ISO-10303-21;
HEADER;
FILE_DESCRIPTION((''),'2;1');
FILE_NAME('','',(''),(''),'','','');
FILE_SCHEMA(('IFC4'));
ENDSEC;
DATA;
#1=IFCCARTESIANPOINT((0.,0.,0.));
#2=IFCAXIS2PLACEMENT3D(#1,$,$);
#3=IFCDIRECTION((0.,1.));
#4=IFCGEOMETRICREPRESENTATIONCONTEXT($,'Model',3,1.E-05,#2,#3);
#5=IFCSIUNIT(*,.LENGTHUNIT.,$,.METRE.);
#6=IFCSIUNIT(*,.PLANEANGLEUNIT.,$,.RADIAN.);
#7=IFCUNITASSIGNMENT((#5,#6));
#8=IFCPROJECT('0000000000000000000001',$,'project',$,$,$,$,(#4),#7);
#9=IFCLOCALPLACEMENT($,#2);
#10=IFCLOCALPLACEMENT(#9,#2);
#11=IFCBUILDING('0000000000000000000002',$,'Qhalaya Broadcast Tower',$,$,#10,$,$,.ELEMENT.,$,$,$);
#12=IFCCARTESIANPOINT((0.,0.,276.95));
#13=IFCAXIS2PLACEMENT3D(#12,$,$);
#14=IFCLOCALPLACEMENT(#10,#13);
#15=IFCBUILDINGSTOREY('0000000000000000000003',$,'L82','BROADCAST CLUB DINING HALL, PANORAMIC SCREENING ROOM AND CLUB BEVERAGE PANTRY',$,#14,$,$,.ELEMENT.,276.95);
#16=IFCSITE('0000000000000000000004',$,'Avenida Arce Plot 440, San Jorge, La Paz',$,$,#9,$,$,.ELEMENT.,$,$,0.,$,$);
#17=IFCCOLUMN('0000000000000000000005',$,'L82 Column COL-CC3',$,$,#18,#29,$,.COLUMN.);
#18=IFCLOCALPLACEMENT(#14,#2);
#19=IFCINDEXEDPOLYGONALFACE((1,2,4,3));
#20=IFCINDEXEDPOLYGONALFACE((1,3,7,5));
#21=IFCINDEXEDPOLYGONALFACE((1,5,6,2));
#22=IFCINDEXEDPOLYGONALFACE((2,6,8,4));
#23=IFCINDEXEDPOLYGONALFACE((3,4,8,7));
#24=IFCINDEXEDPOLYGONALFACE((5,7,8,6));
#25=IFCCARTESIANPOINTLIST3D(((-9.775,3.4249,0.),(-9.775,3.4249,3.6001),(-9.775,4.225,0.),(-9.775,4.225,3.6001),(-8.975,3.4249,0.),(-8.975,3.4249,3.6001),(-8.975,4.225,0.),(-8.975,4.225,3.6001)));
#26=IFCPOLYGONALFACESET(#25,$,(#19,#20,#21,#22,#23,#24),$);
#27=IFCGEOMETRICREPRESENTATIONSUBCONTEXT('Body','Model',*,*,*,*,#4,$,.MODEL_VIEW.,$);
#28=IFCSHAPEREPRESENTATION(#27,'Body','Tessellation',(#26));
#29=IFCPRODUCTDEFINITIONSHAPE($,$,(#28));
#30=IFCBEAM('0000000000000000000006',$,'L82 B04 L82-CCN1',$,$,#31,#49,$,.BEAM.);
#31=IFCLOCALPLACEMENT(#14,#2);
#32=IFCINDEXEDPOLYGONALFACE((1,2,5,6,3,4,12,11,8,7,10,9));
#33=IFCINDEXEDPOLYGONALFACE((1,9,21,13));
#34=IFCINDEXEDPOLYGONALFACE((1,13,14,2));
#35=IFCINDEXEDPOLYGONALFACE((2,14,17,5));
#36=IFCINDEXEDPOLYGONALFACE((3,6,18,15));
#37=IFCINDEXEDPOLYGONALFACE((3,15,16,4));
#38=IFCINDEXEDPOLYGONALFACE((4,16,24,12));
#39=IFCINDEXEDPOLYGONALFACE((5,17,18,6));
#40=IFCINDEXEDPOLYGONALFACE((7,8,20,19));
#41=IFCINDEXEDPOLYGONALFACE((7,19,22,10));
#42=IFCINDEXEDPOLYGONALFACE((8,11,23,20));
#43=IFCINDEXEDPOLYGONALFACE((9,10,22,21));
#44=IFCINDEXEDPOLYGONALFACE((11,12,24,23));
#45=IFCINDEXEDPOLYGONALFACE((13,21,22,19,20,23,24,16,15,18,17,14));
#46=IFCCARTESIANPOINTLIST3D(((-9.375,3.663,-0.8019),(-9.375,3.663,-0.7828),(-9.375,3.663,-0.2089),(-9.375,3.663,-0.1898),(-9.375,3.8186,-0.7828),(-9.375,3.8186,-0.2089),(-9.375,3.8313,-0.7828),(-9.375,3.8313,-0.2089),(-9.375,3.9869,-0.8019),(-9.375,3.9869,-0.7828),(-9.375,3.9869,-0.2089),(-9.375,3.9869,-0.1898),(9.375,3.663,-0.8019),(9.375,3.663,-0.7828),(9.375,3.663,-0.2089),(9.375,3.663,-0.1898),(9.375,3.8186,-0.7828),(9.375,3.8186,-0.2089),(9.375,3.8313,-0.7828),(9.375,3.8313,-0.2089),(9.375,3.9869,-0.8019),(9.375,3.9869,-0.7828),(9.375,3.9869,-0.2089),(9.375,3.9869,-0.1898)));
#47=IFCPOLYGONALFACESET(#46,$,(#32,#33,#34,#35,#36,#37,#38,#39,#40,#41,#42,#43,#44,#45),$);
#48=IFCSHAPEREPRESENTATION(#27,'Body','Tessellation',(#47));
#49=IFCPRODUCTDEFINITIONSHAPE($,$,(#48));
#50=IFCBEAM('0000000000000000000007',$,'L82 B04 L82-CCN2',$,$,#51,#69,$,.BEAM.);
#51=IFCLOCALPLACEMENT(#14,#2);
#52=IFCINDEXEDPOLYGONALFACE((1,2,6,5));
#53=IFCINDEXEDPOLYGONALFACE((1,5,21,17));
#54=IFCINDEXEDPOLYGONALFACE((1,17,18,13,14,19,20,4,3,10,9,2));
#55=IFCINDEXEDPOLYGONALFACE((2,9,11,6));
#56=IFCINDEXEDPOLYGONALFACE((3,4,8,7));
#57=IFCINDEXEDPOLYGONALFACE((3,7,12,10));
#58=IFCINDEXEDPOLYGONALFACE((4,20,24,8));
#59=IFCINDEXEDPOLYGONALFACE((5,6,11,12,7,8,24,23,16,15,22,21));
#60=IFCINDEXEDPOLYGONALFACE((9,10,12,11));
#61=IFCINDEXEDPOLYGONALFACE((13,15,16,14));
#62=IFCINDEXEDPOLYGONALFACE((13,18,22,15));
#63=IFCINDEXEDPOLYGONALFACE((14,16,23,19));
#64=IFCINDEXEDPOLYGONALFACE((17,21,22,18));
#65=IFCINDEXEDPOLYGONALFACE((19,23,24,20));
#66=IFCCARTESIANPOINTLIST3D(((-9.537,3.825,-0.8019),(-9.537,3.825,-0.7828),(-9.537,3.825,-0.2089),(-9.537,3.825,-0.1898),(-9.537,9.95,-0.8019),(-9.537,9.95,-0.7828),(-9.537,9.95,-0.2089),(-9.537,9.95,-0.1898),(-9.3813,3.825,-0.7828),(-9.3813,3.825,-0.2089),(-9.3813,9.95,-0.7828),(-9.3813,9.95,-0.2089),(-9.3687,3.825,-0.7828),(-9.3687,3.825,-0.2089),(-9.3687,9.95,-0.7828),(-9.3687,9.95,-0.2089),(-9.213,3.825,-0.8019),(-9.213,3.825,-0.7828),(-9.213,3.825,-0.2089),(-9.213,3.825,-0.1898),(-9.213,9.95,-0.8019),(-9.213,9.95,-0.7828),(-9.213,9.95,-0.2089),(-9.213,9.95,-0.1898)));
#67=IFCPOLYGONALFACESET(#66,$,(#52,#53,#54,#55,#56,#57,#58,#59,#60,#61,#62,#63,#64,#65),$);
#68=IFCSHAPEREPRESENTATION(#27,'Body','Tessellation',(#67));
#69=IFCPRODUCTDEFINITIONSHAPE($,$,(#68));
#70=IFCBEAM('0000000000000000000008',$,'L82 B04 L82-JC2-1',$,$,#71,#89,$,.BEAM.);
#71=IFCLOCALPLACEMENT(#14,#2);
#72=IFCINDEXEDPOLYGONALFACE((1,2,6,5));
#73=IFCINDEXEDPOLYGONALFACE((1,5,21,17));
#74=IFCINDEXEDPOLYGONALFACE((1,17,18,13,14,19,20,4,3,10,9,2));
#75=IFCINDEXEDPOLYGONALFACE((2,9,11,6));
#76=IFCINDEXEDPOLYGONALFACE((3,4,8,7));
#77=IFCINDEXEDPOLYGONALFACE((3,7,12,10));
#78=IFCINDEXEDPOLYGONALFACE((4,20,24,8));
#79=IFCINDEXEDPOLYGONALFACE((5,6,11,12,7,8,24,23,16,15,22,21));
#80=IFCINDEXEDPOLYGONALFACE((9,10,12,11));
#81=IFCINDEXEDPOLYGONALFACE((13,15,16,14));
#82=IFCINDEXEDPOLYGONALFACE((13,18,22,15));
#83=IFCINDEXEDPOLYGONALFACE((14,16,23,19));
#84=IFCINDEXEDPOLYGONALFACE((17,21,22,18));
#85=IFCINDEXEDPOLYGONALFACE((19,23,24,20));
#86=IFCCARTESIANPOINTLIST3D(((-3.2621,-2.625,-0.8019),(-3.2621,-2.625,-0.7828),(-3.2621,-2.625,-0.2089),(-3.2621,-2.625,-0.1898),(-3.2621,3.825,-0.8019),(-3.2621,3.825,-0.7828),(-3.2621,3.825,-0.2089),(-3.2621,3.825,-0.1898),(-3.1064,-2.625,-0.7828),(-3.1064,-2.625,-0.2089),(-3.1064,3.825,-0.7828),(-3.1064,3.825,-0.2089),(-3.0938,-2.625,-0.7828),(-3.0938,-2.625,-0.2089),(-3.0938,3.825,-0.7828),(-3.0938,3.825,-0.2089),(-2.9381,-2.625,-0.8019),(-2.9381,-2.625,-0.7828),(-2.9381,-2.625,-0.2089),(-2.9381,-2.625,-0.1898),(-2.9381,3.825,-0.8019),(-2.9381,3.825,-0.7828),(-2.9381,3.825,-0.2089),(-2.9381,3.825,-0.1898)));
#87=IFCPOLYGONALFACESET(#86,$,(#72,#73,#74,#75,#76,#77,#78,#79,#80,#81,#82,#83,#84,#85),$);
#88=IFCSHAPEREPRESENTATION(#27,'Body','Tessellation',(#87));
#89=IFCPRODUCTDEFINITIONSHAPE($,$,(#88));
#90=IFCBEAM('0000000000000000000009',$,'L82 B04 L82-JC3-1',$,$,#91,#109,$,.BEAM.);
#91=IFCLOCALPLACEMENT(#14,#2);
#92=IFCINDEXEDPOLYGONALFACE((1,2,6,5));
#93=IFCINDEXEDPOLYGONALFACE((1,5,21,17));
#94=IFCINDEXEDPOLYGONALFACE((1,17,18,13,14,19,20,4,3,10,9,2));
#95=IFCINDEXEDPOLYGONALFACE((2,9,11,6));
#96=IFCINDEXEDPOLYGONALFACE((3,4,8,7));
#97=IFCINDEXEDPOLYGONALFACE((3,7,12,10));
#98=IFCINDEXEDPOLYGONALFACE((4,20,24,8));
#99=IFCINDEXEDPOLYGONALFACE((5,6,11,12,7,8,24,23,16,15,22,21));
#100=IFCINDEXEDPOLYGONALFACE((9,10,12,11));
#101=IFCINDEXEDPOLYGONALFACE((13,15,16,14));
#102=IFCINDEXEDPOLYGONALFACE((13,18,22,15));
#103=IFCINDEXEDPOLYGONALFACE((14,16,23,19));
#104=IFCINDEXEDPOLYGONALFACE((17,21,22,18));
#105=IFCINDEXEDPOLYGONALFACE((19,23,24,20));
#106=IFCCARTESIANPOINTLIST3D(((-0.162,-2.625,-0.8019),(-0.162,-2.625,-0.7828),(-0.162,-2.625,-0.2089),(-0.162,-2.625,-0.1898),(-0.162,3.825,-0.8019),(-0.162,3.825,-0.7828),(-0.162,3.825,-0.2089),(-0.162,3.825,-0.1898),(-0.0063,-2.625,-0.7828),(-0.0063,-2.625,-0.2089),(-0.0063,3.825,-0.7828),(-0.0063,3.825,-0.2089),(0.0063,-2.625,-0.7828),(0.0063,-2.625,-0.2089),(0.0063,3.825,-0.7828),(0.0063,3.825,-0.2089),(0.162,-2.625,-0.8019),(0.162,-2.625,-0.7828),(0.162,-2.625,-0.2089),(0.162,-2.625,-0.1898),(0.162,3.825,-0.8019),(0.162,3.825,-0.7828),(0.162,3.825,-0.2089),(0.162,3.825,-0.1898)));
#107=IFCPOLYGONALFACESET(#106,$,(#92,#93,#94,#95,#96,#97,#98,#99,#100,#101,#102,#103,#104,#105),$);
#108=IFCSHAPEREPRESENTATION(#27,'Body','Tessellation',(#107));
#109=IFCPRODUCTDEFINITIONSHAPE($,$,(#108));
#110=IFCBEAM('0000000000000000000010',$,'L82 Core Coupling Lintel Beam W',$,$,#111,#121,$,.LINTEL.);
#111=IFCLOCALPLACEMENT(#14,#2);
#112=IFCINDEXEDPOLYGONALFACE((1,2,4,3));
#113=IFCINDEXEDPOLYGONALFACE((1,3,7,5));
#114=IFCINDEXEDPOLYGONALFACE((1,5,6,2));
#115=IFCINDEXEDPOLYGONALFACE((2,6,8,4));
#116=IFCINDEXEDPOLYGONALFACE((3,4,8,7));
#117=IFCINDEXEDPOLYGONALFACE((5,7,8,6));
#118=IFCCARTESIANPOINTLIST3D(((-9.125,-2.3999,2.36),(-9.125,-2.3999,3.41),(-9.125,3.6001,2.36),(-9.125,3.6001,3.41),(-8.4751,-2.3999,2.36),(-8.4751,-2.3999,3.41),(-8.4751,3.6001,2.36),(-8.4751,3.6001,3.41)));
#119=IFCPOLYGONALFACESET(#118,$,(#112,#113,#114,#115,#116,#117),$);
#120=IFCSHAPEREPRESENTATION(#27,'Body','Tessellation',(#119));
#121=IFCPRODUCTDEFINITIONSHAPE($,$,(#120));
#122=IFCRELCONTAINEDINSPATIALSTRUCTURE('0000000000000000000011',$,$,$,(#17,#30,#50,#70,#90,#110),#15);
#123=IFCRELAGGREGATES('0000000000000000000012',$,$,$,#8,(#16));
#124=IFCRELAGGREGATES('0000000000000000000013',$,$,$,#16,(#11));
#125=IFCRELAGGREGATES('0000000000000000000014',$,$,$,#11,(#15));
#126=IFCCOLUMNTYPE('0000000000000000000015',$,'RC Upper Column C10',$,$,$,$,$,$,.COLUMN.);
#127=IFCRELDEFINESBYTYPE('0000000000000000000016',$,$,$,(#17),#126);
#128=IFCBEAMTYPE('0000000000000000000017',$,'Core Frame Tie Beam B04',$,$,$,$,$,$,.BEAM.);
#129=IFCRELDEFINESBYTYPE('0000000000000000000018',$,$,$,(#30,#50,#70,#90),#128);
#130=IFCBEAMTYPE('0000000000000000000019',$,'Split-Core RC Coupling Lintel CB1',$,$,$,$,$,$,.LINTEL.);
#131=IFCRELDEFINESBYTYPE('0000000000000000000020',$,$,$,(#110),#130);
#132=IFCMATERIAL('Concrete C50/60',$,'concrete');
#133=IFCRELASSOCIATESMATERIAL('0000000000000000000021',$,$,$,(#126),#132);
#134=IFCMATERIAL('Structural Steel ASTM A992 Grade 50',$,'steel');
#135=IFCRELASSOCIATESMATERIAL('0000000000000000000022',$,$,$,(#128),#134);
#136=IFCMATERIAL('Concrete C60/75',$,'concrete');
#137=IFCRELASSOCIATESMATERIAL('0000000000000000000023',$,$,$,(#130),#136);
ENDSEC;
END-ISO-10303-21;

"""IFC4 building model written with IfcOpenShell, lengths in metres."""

from ifc_helpers import new_model, si_unit, direction, frame, origin, origin_2d, place, context, subcontext, project, spatial, rectangle, i_section, extrude, material, material_profile, profile_set, type_object, element, save


model = new_model("IFC4")

# Units and contexts
model_context = context("Model", 3, precision=1e-05, world=origin(), true_north=direction((0.0, 1.0)))
body_context = subcontext(model_context, "Body", "Model", "MODEL_VIEW")
ifc_project = project(units=[si_unit("LENGTHUNIT", "METRE"), si_unit("PLANEANGLEUNIT", "RADIAN")], contexts=[model_context])

# Site, building, storey
site_placement = place(None, origin())
site = spatial("IfcSite", under=ifc_project, at=site_placement, Name="Avenida Arce Plot 440, San Jorge, La Paz", CompositionType="ELEMENT", RefElevation=0.0)
building_placement = place(site_placement, origin())
building = spatial("IfcBuilding", under=site, at=building_placement, Name="Qhalaya Broadcast Tower", CompositionType="ELEMENT")
storey_placement = place(building_placement, frame((0.0, 0.0, 276.95)))
storey = spatial("IfcBuildingStorey", under=building, at=storey_placement, Name="L82", Description="BROADCAST CLUB DINING HALL, PANORAMIC SCREENING ROOM AND CLUB BEVERAGE PANTRY", CompositionType="ELEMENT", Elevation=276.95)

# Column
ifc_material_1 = material(Name="Concrete C50/60", Category="concrete")
ifc_material_profile_1 = material_profile(ifc_material_1, rectangle(XDim=0.8, YDim=0.8, at=origin_2d()), Name="RC-COL 800x800")
ifc_profile_set_1 = profile_set([ifc_material_profile_1], Name="Concrete C50/60")
column_type = type_object("IfcColumnType", Name="RC Upper Column C10", PredefinedType="COLUMN", material=ifc_profile_set_1)
column_placement = place(storey_placement, frame((-9.375, 3.825, 0.0), z_axis=(0.0, 0.0, 1.0), x_axis=(1.0, 0.0, 0.0)))
element("IfcColumn", 1, at=column_placement, inside=storey, type_object=column_type, Name="L82 Column COL-CC3", PredefinedType="COLUMN", context=body_context, shape_type="SweptSolid", body=[
    extrude(rectangle(XDim=0.8, YDim=0.8, at=origin_2d()), origin(), (0.0, 0.0, 1.0), 3.6001),
])

# Beams
ifc_material_2 = material(Name="Structural Steel ASTM A992 Grade 50", Category="steel")
ifc_material_profile_2 = material_profile(ifc_material_2, i_section(OverallWidth=0.324, OverallDepth=0.6121, WebThickness=0.0127, FlangeThickness=0.019, at=origin_2d()), Name="W24X104")
ifc_profile_set_2 = profile_set([ifc_material_profile_2], Name="Structural Steel ASTM A992 Grade 50")
beam_type_1 = type_object("IfcBeamType", Name="Core Frame Tie Beam B04", PredefinedType="BEAM", material=ifc_profile_set_2)
beam_1_placement = place(storey_placement, frame((-9.375, 3.825, -0.4958), z_axis=(1.0, 0.0, 0.0), x_axis=(0.0, 1.0, 0.0)))
element("IfcBeam", 2, at=beam_1_placement, inside=storey, type_object=beam_type_1, Name="L82 B04 L82-CCN1", PredefinedType="BEAM", context=body_context, shape_type="SweptSolid", body=[
    extrude(i_section(OverallWidth=0.324, OverallDepth=0.6121, WebThickness=0.0127, FlangeThickness=0.019, at=origin_2d()), origin(), (0.0, 0.0, 1.0), 18.75),
])
beam_2_placement = place(storey_placement, frame((-9.375, 3.825, -0.4958), z_axis=(0.0, 1.0, 0.0), x_axis=(-1.0, 0.0, 0.0)))
element("IfcBeam", 3, at=beam_2_placement, inside=storey, type_object=beam_type_1, Name="L82 B04 L82-CCN2", PredefinedType="BEAM", context=body_context, shape_type="SweptSolid", body=[
    extrude(i_section(OverallWidth=0.324, OverallDepth=0.6121, WebThickness=0.0127, FlangeThickness=0.019, at=origin_2d()), origin(), (0.0, 0.0, 1.0), 6.125),
])
for number, where, z_axis, x_axis, name in (
    (4, (-3.1001, -2.625, -0.4958), (0.0, 1.0, 0.0), (-1.0, 0.0, 0.0), "L82 B04 L82-JC2-1"),
    (5, (0.0, -2.625, -0.4958), (0.0, 1.0, 0.0), (-1.0, 0.0, 0.0), "L82 B04 L82-JC3-1"),
):
    element("IfcBeam", number, at=place(storey_placement, frame(where, z_axis=z_axis, x_axis=x_axis)), inside=storey, type_object=beam_type_1, Name=name, PredefinedType="BEAM", context=body_context, shape_type="SweptSolid", body=[
        extrude(i_section(OverallWidth=0.324, OverallDepth=0.6121, WebThickness=0.0127, FlangeThickness=0.019, at=origin_2d()), origin(), (0.0, 0.0, 1.0), 6.45),
    ])
ifc_material_3 = material(Name="Concrete C60/75", Category="concrete")
ifc_material_profile_3 = material_profile(ifc_material_3, rectangle(XDim=0.6499, YDim=1.05, at=origin_2d()), Name="RC-CB 650x1050")
ifc_profile_set_3 = profile_set([ifc_material_profile_3], Name="Concrete C60/75")
beam_type_2 = type_object("IfcBeamType", Name="Split-Core RC Coupling Lintel CB1", PredefinedType="LINTEL", material=ifc_profile_set_3)
beam_3_placement = place(storey_placement, frame((-8.8, -2.3999, 2.885), z_axis=(0.0, 1.0, 0.0), x_axis=(-1.0, 0.0, 0.0)))
element("IfcBeam", 6, at=beam_3_placement, inside=storey, type_object=beam_type_2, Name="L82 Core Coupling Lintel Beam W", PredefinedType="LINTEL", context=body_context, shape_type="SweptSolid", body=[
    extrude(rectangle(XDim=0.6499, YDim=1.05, at=origin_2d()), origin(), (0.0, 0.0, 1.0), 6.0),
])

save(model, "model.ifc")
